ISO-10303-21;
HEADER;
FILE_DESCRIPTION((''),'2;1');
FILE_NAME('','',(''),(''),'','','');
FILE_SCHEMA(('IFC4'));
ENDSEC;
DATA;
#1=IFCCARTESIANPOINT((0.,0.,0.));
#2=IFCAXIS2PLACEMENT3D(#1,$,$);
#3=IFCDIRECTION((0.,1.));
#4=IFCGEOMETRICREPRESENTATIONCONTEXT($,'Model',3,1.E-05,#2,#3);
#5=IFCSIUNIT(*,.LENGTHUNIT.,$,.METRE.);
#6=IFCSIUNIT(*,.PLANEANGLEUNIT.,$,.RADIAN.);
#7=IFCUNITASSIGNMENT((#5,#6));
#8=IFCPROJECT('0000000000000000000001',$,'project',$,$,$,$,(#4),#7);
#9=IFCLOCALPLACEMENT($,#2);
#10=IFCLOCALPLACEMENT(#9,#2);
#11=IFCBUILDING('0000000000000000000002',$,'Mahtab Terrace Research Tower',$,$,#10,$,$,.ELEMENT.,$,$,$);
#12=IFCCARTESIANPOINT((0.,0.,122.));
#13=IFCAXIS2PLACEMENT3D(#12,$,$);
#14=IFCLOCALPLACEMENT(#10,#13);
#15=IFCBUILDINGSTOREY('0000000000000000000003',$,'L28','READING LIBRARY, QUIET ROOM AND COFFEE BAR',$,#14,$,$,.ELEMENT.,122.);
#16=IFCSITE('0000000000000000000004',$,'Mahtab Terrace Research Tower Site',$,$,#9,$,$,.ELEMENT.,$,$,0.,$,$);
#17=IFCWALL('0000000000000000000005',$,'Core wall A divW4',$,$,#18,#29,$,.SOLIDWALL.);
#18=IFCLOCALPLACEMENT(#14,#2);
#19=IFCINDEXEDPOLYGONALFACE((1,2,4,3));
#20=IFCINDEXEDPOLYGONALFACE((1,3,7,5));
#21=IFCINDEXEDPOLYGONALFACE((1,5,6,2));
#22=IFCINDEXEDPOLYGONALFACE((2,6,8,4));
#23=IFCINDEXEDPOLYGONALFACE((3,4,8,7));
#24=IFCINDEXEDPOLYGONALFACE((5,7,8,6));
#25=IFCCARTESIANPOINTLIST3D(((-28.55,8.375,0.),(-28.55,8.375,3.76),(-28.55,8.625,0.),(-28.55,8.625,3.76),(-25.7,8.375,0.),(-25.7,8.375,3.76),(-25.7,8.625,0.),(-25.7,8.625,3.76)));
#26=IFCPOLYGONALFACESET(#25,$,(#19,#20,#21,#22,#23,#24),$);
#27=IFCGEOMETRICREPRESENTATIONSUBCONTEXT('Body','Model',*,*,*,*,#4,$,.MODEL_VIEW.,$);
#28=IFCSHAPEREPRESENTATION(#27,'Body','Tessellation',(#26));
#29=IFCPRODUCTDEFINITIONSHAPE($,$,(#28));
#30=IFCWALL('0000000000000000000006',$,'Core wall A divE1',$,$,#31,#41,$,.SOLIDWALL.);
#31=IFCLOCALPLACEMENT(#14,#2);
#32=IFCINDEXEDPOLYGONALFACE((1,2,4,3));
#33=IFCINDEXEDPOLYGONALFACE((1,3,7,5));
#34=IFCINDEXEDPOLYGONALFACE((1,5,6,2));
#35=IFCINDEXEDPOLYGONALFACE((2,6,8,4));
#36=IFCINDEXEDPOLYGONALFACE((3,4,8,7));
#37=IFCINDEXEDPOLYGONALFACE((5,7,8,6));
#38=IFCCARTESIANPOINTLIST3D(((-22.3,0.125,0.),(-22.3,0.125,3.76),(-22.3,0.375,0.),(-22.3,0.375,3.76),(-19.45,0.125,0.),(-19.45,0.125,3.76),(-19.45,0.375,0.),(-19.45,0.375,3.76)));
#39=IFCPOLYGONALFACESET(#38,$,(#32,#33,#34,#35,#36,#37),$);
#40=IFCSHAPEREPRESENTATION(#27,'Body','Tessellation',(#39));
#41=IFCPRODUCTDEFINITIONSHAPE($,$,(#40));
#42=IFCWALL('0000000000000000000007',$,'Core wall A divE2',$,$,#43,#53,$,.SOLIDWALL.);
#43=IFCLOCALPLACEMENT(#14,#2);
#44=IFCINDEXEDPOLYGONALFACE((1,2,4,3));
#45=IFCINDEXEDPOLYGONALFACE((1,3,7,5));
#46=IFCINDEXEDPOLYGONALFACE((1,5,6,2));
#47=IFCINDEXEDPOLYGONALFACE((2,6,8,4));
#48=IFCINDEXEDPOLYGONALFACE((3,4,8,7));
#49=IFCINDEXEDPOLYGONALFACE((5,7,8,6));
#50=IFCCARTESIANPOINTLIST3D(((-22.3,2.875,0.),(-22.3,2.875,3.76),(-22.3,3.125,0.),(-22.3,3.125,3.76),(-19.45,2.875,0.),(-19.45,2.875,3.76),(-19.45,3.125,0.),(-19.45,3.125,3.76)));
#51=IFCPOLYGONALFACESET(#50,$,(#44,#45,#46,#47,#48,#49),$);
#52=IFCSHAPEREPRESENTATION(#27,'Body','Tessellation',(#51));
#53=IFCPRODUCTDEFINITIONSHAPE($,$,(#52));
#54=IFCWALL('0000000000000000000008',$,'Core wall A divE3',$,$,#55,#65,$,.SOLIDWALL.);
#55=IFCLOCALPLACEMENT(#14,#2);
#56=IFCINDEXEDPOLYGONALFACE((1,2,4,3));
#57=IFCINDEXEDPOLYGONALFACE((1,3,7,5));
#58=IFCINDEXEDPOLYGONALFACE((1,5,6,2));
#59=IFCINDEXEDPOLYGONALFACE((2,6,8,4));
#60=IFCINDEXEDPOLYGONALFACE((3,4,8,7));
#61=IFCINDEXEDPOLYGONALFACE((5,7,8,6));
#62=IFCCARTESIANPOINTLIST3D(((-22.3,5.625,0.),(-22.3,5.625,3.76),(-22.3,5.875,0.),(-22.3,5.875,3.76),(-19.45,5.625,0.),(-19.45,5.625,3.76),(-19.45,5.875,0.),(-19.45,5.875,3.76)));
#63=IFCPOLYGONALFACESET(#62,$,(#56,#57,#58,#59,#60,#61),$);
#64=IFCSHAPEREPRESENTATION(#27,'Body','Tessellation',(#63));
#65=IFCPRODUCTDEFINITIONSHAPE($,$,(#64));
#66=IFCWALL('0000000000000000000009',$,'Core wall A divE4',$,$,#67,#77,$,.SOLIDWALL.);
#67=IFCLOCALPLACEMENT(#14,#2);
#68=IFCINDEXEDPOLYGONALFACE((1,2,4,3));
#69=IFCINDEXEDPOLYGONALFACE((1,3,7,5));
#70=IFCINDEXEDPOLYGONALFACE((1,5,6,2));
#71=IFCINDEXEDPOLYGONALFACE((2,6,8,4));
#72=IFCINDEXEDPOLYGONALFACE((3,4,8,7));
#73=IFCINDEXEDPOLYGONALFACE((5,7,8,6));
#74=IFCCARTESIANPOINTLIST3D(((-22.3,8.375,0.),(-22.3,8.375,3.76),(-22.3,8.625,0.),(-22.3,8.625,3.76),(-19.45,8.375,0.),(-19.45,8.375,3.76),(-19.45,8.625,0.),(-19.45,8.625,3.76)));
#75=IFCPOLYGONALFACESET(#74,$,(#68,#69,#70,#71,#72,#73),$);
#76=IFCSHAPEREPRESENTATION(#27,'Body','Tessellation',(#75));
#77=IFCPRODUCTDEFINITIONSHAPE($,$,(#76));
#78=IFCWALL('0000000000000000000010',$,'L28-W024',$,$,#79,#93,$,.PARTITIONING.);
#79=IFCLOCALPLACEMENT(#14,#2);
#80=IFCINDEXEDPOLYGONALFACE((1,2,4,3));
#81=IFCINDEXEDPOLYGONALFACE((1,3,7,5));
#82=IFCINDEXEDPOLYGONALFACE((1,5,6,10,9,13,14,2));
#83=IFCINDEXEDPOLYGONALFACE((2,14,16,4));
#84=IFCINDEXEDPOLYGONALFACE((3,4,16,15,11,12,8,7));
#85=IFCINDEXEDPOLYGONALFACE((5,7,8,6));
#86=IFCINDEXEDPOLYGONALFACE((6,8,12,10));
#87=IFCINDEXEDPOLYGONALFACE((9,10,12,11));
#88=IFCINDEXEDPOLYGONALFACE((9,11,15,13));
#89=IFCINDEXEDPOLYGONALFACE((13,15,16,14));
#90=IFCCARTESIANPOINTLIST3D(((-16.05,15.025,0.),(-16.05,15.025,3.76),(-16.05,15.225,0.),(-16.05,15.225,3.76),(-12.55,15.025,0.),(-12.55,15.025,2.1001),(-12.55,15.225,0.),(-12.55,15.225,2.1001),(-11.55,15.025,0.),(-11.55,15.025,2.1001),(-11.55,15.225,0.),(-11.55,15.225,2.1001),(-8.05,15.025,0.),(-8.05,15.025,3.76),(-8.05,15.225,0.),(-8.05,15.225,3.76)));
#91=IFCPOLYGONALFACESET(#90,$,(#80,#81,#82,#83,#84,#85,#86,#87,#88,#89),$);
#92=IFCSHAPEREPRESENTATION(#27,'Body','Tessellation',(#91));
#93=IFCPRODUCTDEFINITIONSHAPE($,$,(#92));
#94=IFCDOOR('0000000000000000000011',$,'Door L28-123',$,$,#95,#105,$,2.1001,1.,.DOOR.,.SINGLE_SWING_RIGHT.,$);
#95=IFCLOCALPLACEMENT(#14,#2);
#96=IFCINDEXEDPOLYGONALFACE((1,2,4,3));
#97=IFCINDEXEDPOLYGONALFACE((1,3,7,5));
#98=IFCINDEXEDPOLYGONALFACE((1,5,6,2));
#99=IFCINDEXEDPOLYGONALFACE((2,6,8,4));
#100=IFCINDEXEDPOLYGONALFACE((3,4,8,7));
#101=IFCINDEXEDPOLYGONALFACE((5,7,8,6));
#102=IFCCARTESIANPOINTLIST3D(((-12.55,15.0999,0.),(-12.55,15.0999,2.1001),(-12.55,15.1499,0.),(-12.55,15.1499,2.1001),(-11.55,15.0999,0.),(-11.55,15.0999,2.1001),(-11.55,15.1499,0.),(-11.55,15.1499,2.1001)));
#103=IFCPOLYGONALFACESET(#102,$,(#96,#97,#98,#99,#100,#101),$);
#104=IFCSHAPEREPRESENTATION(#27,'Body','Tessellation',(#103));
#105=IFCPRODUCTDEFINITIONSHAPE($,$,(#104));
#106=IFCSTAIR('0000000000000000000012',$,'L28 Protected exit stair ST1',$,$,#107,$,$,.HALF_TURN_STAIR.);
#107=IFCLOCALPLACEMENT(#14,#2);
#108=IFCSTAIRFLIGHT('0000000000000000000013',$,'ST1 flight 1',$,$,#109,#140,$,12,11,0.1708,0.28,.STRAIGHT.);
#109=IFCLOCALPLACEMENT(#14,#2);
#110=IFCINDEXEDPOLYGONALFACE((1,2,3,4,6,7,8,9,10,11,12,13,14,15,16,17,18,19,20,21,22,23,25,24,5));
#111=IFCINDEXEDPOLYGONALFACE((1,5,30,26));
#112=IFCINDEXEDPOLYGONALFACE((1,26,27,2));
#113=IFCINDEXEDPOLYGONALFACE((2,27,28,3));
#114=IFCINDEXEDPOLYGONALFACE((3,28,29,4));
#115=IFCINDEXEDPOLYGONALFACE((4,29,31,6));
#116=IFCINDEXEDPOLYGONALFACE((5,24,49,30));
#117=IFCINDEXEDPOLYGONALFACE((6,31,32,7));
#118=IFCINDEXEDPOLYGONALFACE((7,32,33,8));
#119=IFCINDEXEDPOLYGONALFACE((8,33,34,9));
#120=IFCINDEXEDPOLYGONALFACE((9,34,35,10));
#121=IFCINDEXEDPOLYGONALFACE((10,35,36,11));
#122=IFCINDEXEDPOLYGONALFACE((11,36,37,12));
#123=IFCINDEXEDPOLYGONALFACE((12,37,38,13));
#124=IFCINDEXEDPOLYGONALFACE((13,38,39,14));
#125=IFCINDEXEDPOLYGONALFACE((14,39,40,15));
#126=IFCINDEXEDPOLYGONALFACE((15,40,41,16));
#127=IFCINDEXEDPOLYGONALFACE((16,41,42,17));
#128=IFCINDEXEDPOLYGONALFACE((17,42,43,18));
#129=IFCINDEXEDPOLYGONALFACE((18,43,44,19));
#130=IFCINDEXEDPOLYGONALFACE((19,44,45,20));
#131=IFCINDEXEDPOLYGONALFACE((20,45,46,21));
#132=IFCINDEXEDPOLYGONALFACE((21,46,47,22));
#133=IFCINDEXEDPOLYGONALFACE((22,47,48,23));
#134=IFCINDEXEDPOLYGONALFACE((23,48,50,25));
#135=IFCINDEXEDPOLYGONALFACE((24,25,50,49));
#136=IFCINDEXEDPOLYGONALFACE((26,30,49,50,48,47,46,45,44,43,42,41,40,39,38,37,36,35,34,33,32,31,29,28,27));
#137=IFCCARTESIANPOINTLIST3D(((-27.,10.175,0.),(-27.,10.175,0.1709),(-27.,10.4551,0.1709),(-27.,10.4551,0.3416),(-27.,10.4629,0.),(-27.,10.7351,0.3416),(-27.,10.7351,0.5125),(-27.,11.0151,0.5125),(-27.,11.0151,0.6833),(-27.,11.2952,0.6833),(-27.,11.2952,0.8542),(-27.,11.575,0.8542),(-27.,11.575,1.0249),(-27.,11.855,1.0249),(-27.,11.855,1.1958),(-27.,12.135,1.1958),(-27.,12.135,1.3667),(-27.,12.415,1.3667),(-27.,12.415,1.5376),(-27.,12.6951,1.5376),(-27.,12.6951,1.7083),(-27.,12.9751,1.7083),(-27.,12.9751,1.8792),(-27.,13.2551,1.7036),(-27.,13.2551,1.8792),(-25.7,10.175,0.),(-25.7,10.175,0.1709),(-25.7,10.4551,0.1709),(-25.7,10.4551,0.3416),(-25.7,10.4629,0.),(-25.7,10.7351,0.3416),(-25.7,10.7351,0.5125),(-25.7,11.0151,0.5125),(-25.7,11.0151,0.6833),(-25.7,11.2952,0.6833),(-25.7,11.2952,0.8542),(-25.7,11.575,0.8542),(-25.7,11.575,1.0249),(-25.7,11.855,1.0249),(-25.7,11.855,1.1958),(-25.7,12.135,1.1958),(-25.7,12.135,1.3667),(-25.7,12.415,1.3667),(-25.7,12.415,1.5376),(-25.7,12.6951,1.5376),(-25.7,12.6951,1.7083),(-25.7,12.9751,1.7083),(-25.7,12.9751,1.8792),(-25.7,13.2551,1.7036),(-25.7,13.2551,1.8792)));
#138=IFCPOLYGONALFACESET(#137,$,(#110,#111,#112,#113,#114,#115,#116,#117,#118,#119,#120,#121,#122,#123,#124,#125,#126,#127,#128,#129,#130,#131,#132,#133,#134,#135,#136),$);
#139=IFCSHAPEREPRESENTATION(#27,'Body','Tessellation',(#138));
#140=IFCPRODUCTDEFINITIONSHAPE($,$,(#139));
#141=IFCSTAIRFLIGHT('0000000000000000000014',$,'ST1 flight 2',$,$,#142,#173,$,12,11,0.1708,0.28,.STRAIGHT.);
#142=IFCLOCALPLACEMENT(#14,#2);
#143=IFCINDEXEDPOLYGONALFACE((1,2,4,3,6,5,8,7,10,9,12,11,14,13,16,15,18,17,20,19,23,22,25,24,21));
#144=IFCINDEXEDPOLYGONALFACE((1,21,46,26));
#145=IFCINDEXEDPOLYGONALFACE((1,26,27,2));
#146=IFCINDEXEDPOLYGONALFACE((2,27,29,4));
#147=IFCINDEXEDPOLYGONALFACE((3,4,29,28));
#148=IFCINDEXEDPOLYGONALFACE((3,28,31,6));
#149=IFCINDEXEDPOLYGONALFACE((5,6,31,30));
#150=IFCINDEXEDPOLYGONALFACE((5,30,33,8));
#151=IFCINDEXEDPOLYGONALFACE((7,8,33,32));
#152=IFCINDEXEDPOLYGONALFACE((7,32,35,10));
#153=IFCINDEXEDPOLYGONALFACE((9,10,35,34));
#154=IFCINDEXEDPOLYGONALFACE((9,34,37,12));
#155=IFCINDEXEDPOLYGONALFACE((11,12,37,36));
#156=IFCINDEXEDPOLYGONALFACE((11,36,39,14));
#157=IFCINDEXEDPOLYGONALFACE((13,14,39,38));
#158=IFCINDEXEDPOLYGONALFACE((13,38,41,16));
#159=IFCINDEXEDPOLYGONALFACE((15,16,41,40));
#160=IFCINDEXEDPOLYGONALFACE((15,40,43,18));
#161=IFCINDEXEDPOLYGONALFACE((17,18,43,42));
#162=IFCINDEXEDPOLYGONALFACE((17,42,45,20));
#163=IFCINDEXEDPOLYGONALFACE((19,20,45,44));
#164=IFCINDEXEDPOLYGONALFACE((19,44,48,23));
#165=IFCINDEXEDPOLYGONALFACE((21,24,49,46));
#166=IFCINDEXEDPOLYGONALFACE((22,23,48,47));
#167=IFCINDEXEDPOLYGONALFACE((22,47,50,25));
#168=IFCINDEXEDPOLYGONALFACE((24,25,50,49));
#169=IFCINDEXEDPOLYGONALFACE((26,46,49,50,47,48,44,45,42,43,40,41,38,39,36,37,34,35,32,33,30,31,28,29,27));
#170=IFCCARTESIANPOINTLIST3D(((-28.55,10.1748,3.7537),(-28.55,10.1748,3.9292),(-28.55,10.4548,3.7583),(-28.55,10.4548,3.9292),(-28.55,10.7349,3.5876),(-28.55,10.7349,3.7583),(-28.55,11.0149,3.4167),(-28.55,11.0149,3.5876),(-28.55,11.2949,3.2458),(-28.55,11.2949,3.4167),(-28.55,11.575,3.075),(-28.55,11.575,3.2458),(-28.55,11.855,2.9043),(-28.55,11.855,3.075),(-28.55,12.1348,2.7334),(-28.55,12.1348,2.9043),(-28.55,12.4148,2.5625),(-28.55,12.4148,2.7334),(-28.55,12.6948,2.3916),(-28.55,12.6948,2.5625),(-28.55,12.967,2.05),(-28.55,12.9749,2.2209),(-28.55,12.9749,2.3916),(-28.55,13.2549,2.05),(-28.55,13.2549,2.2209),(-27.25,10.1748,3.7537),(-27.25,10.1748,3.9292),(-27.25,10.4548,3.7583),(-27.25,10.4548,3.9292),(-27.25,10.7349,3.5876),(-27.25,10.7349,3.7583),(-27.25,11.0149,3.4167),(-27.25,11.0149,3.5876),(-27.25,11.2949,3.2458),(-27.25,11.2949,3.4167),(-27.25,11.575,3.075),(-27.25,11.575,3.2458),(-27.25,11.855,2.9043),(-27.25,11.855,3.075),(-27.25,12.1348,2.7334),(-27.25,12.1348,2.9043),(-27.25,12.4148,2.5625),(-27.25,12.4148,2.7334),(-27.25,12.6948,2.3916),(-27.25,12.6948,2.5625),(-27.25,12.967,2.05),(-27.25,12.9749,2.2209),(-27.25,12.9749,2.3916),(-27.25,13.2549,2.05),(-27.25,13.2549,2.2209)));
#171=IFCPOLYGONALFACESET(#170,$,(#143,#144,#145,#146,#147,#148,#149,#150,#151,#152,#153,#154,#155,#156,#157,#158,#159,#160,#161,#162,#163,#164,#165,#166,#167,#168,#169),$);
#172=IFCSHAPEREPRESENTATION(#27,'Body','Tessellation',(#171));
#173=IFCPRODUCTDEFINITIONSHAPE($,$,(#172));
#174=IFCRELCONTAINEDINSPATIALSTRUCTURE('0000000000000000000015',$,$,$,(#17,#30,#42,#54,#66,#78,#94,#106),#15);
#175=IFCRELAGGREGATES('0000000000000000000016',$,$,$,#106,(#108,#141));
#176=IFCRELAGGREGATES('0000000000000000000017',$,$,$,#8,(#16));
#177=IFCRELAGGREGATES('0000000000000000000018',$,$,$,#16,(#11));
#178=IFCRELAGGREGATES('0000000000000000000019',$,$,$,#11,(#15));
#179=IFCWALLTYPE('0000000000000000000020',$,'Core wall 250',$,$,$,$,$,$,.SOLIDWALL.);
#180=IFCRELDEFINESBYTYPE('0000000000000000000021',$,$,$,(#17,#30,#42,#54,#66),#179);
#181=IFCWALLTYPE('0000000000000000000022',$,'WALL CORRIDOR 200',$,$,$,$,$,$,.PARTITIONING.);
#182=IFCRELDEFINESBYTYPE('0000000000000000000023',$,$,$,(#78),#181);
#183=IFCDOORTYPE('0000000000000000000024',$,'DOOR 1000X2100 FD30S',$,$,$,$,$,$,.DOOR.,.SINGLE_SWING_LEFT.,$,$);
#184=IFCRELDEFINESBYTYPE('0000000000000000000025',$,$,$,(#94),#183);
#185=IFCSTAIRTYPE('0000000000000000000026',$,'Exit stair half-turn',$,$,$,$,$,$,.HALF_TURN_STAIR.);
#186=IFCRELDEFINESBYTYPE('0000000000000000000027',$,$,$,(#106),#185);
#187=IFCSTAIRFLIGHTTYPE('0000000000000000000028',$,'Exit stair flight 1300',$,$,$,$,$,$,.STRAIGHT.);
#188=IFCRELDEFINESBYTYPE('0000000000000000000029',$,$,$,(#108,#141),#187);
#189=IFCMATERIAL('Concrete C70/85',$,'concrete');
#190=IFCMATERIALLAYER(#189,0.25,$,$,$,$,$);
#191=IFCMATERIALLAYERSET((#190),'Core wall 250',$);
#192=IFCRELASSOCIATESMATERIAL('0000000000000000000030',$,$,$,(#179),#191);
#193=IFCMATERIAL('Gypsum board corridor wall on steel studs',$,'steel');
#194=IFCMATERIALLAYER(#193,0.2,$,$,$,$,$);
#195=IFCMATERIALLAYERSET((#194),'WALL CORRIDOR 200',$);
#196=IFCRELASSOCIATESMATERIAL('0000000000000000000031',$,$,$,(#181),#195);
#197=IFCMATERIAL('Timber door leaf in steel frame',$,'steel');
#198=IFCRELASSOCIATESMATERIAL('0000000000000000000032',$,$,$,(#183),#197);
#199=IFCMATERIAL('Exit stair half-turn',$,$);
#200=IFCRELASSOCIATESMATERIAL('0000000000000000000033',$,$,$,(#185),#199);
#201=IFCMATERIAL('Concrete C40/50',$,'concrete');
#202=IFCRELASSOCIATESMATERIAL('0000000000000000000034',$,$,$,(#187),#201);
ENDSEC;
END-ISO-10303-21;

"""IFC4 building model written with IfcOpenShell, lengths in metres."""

from ifc_helpers import new_model, si_unit, direction, frame, frame_2d, origin, place, context, subcontext, project, spatial, polyline, rectangle, outline, extrude, material, layer, layer_set, type_object, element, fill, aggregate, save


model = new_model("IFC4")

# Units and contexts
model_context = context("Model", 3, precision=1e-05, world=origin(), true_north=direction((0.0, 1.0)))
body_context = subcontext(model_context, "Body", "Model", "MODEL_VIEW")
ifc_project = project(units=[si_unit("LENGTHUNIT", "METRE"), si_unit("PLANEANGLEUNIT", "RADIAN")], contexts=[model_context])

# Site, building, storey
site_placement = place(None, origin())
site = spatial("IfcSite", under=ifc_project, at=site_placement, Name="Mahtab Terrace Research Tower Site", CompositionType="ELEMENT", RefElevation=0.0)
building_placement = place(site_placement, origin())
building = spatial("IfcBuilding", under=site, at=building_placement, Name="Mahtab Terrace Research Tower", CompositionType="ELEMENT")
storey_placement = place(building_placement, frame((0.0, 0.0, 122.0)))
storey = spatial("IfcBuildingStorey", under=building, at=storey_placement, Name="L28", Description="READING LIBRARY, QUIET ROOM AND COFFEE BAR", CompositionType="ELEMENT", Elevation=122.0)

# Shared definitions
ifc_material_1 = material(Name="Concrete C70/85", Category="concrete")

# Shared definitions
ifc_layer_1 = layer(ifc_material_1, 0.25)
ifc_layer_set_1 = layer_set([ifc_layer_1], Name="Core wall 250")
wall_type_1 = type_object("IfcWallType", Name="Core wall 250", PredefinedType="SOLIDWALL", material=ifc_layer_set_1)

# Walls
for number, where, z_axis, x_axis, name in (
    (1, (-28.55, 8.5, 0.0), (0.0, 0.0, 1.0), (1.0, 0.0, 0.0), "Core wall A divW4"),
    (2, (-22.3, 0.25, 0.0), (0.0, 0.0, 1.0), (1.0, 0.0, 0.0), "Core wall A divE1"),
    (3, (-22.3, 3.0, 0.0), (0.0, 0.0, 1.0), (1.0, 0.0, 0.0), "Core wall A divE2"),
    (4, (-22.3, 5.75, 0.0), (0.0, 0.0, 1.0), (1.0, 0.0, 0.0), "Core wall A divE3"),
    (5, (-22.3, 8.5, 0.0), (0.0, 0.0, 1.0), (1.0, 0.0, 0.0), "Core wall A divE4"),
):
    element("IfcWall", number, at=place(storey_placement, frame(where, z_axis=z_axis, x_axis=x_axis)), inside=storey, type_object=wall_type_1, Name=name, PredefinedType="SOLIDWALL", context=body_context, shape_type="SweptSolid", body=[
        extrude(rectangle(XDim=2.8501, YDim=0.25, at=frame_2d((1.425, 0.0))), origin(), (0.0, 0.0, 1.0), 3.76),
    ])

# Wall, opening, door
ifc_material_2 = material(Name="Gypsum board corridor wall on steel studs", Category="steel")
ifc_layer_2 = layer(ifc_material_2, 0.2)
ifc_layer_set_2 = layer_set([ifc_layer_2], Name="WALL CORRIDOR 200")
wall_type_2 = type_object("IfcWallType", Name="WALL CORRIDOR 200", PredefinedType="PARTITIONING", material=ifc_layer_set_2)
wall_1_placement = place(storey_placement, frame((-16.05, 15.125, 0.0), z_axis=(0.0, 0.0, 1.0), x_axis=(1.0, 0.0, 0.0)))
wall_1 = element("IfcWall", 6, at=wall_1_placement, inside=storey, type_object=wall_type_2, Name="L28-W024", PredefinedType="PARTITIONING", context=body_context, shape_type="SweptSolid", body=[
    extrude(rectangle(XDim=8.0, YDim=0.2, at=frame_2d((4.0, 0.0))), origin(), (0.0, 0.0, 1.0), 3.76),
])
opening_1_placement = place(wall_1_placement, frame((3.5, 0.0, 0.0)))
opening_1 = element("IfcOpeningElement", 7, at=opening_1_placement, cuts=wall_1, PredefinedType="OPENING", context=body_context, shape_type="SweptSolid", body=[
    extrude(rectangle(XDim=1.0, YDim=2.1001, at=frame_2d((0.5, 1.05))), frame((0.0, 0.1099, 0.0), z_axis=(0.0, -1.0, 0.0), x_axis=(1.0, 0.0, 0.0)), (0.0, 0.0, 1.0), 0.22),
])
ifc_material_3 = material(Name="Timber door leaf in steel frame", Category="steel")
door_type_1 = type_object("IfcDoorType", Name="DOOR 1000X2100 FD30S", OperationType="SINGLE_SWING_LEFT", PredefinedType="DOOR", material=ifc_material_3)
door_1_placement = place(opening_1_placement, origin())
door_1 = element("IfcDoor", 8, at=door_1_placement, inside=storey, type_object=door_type_1, Name="Door L28-123", OperationType="SINGLE_SWING_RIGHT", OverallHeight=2.1001, OverallWidth=1.0, PredefinedType="DOOR", context=body_context, shape_type="SweptSolid", body=[
    extrude(rectangle(XDim=1.0, YDim=2.1001, at=frame_2d((0.5, 1.05))), frame((0.0, 0.0249, 0.0), z_axis=(0.0, -1.0, 0.0), x_axis=(1.0, 0.0, 0.0)), (0.0, 0.0, 1.0), 0.05),
])
fill(opening_1, door_1)

# Stair, stair flights
ifc_material_4 = material(Name="Exit stair half-turn")
stair_type = type_object("IfcStairType", Name="Exit stair half-turn", PredefinedType="HALF_TURN_STAIR", material=ifc_material_4)
stair_placement = place(storey_placement, origin())
stair = element("IfcStair", 9, at=stair_placement, inside=storey, type_object=stair_type, Name="L28 Protected exit stair ST1", PredefinedType="HALF_TURN_STAIR")
ifc_material_5 = material(Name="Concrete C40/50", Category="concrete")
stair_flight_type = type_object("IfcStairFlightType", Name="Exit stair flight 1300", PredefinedType="STRAIGHT", material=ifc_material_5)
stair_flight_1_placement = place(storey_placement, frame((-26.3501, 10.175, 0.0), z_axis=(0.0, 0.0, 1.0), x_axis=(0.0, 1.0, 0.0)))
stair_flight_1 = element("IfcStairFlight", 10, at=stair_flight_1_placement, type_object=stair_flight_type, Name="ST1 flight 1", NumberOfRisers=12, NumberOfTreads=11, PredefinedType="STRAIGHT", RiserHeight=0.1708, TreadLength=0.28, context=body_context, shape_type="SweptSolid", body=[
    extrude(outline(polyline([(0.0, 0.0), (0.0, 0.1709), (0.28, 0.1709), (0.28, 0.3416), (0.5601, 0.3416), (0.5601, 0.5125), (0.8401, 0.5125), (0.8401, 0.6833), (1.1201, 0.6833), (1.1201, 0.8542), (1.3999, 0.8542), (1.3999, 1.0249), (1.6799, 1.0249), (1.6799, 1.1958), (1.96, 1.1958), (1.96, 1.3667), (2.24, 1.3667), (2.24, 1.5376), (2.52, 1.5376), (2.52, 1.7083), (2.8, 1.7083), (2.8, 1.8792), (3.0801, 1.8792), (3.0801, 2.05), (3.0801, 1.7036), (0.2878, 0.0), (0.0, 0.0)])), frame((0.0, 0.6499, 0.0), z_axis=(0.0, -1.0, 0.0), x_axis=(1.0, 0.0, 0.0)), (0.0, 0.0, 1.0), 1.3),
])
stair_flight_2_placement = place(storey_placement, frame((-27.8999, 13.2549, 2.05), z_axis=(0.0, 0.0, 1.0), x_axis=(0.0, -1.0, 0.0)))
stair_flight_2 = element("IfcStairFlight", 11, at=stair_flight_2_placement, type_object=stair_flight_type, Name="ST1 flight 2", NumberOfRisers=12, NumberOfTreads=11, PredefinedType="STRAIGHT", RiserHeight=0.1708, TreadLength=0.28, context=body_context, shape_type="SweptSolid", body=[
    extrude(outline(polyline([(0.0, 0.0), (0.0, 0.1709), (0.28, 0.1709), (0.28, 0.3416), (0.5601, 0.3416), (0.5601, 0.5125), (0.8401, 0.5125), (0.8401, 0.6833), (1.1201, 0.6833), (1.1201, 0.8542), (1.3999, 0.8542), (1.3999, 1.0249), (1.6799, 1.0249), (1.6799, 1.1958), (1.96, 1.1958), (1.96, 1.3667), (2.24, 1.3667), (2.24, 1.5376), (2.52, 1.5376), (2.52, 1.7083), (2.8, 1.7083), (2.8, 1.8792), (3.0801, 1.8792), (3.0801, 2.05), (3.0801, 1.7036), (0.2878, 0.0), (0.0, 0.0)])), frame((0.0, 0.6499, 0.0), z_axis=(0.0, -1.0, 0.0), x_axis=(1.0, 0.0, 0.0)), (0.0, 0.0, 1.0), 1.3),
])
aggregate(stair, [stair_flight_1, stair_flight_2])

save(model, "model.ifc")
